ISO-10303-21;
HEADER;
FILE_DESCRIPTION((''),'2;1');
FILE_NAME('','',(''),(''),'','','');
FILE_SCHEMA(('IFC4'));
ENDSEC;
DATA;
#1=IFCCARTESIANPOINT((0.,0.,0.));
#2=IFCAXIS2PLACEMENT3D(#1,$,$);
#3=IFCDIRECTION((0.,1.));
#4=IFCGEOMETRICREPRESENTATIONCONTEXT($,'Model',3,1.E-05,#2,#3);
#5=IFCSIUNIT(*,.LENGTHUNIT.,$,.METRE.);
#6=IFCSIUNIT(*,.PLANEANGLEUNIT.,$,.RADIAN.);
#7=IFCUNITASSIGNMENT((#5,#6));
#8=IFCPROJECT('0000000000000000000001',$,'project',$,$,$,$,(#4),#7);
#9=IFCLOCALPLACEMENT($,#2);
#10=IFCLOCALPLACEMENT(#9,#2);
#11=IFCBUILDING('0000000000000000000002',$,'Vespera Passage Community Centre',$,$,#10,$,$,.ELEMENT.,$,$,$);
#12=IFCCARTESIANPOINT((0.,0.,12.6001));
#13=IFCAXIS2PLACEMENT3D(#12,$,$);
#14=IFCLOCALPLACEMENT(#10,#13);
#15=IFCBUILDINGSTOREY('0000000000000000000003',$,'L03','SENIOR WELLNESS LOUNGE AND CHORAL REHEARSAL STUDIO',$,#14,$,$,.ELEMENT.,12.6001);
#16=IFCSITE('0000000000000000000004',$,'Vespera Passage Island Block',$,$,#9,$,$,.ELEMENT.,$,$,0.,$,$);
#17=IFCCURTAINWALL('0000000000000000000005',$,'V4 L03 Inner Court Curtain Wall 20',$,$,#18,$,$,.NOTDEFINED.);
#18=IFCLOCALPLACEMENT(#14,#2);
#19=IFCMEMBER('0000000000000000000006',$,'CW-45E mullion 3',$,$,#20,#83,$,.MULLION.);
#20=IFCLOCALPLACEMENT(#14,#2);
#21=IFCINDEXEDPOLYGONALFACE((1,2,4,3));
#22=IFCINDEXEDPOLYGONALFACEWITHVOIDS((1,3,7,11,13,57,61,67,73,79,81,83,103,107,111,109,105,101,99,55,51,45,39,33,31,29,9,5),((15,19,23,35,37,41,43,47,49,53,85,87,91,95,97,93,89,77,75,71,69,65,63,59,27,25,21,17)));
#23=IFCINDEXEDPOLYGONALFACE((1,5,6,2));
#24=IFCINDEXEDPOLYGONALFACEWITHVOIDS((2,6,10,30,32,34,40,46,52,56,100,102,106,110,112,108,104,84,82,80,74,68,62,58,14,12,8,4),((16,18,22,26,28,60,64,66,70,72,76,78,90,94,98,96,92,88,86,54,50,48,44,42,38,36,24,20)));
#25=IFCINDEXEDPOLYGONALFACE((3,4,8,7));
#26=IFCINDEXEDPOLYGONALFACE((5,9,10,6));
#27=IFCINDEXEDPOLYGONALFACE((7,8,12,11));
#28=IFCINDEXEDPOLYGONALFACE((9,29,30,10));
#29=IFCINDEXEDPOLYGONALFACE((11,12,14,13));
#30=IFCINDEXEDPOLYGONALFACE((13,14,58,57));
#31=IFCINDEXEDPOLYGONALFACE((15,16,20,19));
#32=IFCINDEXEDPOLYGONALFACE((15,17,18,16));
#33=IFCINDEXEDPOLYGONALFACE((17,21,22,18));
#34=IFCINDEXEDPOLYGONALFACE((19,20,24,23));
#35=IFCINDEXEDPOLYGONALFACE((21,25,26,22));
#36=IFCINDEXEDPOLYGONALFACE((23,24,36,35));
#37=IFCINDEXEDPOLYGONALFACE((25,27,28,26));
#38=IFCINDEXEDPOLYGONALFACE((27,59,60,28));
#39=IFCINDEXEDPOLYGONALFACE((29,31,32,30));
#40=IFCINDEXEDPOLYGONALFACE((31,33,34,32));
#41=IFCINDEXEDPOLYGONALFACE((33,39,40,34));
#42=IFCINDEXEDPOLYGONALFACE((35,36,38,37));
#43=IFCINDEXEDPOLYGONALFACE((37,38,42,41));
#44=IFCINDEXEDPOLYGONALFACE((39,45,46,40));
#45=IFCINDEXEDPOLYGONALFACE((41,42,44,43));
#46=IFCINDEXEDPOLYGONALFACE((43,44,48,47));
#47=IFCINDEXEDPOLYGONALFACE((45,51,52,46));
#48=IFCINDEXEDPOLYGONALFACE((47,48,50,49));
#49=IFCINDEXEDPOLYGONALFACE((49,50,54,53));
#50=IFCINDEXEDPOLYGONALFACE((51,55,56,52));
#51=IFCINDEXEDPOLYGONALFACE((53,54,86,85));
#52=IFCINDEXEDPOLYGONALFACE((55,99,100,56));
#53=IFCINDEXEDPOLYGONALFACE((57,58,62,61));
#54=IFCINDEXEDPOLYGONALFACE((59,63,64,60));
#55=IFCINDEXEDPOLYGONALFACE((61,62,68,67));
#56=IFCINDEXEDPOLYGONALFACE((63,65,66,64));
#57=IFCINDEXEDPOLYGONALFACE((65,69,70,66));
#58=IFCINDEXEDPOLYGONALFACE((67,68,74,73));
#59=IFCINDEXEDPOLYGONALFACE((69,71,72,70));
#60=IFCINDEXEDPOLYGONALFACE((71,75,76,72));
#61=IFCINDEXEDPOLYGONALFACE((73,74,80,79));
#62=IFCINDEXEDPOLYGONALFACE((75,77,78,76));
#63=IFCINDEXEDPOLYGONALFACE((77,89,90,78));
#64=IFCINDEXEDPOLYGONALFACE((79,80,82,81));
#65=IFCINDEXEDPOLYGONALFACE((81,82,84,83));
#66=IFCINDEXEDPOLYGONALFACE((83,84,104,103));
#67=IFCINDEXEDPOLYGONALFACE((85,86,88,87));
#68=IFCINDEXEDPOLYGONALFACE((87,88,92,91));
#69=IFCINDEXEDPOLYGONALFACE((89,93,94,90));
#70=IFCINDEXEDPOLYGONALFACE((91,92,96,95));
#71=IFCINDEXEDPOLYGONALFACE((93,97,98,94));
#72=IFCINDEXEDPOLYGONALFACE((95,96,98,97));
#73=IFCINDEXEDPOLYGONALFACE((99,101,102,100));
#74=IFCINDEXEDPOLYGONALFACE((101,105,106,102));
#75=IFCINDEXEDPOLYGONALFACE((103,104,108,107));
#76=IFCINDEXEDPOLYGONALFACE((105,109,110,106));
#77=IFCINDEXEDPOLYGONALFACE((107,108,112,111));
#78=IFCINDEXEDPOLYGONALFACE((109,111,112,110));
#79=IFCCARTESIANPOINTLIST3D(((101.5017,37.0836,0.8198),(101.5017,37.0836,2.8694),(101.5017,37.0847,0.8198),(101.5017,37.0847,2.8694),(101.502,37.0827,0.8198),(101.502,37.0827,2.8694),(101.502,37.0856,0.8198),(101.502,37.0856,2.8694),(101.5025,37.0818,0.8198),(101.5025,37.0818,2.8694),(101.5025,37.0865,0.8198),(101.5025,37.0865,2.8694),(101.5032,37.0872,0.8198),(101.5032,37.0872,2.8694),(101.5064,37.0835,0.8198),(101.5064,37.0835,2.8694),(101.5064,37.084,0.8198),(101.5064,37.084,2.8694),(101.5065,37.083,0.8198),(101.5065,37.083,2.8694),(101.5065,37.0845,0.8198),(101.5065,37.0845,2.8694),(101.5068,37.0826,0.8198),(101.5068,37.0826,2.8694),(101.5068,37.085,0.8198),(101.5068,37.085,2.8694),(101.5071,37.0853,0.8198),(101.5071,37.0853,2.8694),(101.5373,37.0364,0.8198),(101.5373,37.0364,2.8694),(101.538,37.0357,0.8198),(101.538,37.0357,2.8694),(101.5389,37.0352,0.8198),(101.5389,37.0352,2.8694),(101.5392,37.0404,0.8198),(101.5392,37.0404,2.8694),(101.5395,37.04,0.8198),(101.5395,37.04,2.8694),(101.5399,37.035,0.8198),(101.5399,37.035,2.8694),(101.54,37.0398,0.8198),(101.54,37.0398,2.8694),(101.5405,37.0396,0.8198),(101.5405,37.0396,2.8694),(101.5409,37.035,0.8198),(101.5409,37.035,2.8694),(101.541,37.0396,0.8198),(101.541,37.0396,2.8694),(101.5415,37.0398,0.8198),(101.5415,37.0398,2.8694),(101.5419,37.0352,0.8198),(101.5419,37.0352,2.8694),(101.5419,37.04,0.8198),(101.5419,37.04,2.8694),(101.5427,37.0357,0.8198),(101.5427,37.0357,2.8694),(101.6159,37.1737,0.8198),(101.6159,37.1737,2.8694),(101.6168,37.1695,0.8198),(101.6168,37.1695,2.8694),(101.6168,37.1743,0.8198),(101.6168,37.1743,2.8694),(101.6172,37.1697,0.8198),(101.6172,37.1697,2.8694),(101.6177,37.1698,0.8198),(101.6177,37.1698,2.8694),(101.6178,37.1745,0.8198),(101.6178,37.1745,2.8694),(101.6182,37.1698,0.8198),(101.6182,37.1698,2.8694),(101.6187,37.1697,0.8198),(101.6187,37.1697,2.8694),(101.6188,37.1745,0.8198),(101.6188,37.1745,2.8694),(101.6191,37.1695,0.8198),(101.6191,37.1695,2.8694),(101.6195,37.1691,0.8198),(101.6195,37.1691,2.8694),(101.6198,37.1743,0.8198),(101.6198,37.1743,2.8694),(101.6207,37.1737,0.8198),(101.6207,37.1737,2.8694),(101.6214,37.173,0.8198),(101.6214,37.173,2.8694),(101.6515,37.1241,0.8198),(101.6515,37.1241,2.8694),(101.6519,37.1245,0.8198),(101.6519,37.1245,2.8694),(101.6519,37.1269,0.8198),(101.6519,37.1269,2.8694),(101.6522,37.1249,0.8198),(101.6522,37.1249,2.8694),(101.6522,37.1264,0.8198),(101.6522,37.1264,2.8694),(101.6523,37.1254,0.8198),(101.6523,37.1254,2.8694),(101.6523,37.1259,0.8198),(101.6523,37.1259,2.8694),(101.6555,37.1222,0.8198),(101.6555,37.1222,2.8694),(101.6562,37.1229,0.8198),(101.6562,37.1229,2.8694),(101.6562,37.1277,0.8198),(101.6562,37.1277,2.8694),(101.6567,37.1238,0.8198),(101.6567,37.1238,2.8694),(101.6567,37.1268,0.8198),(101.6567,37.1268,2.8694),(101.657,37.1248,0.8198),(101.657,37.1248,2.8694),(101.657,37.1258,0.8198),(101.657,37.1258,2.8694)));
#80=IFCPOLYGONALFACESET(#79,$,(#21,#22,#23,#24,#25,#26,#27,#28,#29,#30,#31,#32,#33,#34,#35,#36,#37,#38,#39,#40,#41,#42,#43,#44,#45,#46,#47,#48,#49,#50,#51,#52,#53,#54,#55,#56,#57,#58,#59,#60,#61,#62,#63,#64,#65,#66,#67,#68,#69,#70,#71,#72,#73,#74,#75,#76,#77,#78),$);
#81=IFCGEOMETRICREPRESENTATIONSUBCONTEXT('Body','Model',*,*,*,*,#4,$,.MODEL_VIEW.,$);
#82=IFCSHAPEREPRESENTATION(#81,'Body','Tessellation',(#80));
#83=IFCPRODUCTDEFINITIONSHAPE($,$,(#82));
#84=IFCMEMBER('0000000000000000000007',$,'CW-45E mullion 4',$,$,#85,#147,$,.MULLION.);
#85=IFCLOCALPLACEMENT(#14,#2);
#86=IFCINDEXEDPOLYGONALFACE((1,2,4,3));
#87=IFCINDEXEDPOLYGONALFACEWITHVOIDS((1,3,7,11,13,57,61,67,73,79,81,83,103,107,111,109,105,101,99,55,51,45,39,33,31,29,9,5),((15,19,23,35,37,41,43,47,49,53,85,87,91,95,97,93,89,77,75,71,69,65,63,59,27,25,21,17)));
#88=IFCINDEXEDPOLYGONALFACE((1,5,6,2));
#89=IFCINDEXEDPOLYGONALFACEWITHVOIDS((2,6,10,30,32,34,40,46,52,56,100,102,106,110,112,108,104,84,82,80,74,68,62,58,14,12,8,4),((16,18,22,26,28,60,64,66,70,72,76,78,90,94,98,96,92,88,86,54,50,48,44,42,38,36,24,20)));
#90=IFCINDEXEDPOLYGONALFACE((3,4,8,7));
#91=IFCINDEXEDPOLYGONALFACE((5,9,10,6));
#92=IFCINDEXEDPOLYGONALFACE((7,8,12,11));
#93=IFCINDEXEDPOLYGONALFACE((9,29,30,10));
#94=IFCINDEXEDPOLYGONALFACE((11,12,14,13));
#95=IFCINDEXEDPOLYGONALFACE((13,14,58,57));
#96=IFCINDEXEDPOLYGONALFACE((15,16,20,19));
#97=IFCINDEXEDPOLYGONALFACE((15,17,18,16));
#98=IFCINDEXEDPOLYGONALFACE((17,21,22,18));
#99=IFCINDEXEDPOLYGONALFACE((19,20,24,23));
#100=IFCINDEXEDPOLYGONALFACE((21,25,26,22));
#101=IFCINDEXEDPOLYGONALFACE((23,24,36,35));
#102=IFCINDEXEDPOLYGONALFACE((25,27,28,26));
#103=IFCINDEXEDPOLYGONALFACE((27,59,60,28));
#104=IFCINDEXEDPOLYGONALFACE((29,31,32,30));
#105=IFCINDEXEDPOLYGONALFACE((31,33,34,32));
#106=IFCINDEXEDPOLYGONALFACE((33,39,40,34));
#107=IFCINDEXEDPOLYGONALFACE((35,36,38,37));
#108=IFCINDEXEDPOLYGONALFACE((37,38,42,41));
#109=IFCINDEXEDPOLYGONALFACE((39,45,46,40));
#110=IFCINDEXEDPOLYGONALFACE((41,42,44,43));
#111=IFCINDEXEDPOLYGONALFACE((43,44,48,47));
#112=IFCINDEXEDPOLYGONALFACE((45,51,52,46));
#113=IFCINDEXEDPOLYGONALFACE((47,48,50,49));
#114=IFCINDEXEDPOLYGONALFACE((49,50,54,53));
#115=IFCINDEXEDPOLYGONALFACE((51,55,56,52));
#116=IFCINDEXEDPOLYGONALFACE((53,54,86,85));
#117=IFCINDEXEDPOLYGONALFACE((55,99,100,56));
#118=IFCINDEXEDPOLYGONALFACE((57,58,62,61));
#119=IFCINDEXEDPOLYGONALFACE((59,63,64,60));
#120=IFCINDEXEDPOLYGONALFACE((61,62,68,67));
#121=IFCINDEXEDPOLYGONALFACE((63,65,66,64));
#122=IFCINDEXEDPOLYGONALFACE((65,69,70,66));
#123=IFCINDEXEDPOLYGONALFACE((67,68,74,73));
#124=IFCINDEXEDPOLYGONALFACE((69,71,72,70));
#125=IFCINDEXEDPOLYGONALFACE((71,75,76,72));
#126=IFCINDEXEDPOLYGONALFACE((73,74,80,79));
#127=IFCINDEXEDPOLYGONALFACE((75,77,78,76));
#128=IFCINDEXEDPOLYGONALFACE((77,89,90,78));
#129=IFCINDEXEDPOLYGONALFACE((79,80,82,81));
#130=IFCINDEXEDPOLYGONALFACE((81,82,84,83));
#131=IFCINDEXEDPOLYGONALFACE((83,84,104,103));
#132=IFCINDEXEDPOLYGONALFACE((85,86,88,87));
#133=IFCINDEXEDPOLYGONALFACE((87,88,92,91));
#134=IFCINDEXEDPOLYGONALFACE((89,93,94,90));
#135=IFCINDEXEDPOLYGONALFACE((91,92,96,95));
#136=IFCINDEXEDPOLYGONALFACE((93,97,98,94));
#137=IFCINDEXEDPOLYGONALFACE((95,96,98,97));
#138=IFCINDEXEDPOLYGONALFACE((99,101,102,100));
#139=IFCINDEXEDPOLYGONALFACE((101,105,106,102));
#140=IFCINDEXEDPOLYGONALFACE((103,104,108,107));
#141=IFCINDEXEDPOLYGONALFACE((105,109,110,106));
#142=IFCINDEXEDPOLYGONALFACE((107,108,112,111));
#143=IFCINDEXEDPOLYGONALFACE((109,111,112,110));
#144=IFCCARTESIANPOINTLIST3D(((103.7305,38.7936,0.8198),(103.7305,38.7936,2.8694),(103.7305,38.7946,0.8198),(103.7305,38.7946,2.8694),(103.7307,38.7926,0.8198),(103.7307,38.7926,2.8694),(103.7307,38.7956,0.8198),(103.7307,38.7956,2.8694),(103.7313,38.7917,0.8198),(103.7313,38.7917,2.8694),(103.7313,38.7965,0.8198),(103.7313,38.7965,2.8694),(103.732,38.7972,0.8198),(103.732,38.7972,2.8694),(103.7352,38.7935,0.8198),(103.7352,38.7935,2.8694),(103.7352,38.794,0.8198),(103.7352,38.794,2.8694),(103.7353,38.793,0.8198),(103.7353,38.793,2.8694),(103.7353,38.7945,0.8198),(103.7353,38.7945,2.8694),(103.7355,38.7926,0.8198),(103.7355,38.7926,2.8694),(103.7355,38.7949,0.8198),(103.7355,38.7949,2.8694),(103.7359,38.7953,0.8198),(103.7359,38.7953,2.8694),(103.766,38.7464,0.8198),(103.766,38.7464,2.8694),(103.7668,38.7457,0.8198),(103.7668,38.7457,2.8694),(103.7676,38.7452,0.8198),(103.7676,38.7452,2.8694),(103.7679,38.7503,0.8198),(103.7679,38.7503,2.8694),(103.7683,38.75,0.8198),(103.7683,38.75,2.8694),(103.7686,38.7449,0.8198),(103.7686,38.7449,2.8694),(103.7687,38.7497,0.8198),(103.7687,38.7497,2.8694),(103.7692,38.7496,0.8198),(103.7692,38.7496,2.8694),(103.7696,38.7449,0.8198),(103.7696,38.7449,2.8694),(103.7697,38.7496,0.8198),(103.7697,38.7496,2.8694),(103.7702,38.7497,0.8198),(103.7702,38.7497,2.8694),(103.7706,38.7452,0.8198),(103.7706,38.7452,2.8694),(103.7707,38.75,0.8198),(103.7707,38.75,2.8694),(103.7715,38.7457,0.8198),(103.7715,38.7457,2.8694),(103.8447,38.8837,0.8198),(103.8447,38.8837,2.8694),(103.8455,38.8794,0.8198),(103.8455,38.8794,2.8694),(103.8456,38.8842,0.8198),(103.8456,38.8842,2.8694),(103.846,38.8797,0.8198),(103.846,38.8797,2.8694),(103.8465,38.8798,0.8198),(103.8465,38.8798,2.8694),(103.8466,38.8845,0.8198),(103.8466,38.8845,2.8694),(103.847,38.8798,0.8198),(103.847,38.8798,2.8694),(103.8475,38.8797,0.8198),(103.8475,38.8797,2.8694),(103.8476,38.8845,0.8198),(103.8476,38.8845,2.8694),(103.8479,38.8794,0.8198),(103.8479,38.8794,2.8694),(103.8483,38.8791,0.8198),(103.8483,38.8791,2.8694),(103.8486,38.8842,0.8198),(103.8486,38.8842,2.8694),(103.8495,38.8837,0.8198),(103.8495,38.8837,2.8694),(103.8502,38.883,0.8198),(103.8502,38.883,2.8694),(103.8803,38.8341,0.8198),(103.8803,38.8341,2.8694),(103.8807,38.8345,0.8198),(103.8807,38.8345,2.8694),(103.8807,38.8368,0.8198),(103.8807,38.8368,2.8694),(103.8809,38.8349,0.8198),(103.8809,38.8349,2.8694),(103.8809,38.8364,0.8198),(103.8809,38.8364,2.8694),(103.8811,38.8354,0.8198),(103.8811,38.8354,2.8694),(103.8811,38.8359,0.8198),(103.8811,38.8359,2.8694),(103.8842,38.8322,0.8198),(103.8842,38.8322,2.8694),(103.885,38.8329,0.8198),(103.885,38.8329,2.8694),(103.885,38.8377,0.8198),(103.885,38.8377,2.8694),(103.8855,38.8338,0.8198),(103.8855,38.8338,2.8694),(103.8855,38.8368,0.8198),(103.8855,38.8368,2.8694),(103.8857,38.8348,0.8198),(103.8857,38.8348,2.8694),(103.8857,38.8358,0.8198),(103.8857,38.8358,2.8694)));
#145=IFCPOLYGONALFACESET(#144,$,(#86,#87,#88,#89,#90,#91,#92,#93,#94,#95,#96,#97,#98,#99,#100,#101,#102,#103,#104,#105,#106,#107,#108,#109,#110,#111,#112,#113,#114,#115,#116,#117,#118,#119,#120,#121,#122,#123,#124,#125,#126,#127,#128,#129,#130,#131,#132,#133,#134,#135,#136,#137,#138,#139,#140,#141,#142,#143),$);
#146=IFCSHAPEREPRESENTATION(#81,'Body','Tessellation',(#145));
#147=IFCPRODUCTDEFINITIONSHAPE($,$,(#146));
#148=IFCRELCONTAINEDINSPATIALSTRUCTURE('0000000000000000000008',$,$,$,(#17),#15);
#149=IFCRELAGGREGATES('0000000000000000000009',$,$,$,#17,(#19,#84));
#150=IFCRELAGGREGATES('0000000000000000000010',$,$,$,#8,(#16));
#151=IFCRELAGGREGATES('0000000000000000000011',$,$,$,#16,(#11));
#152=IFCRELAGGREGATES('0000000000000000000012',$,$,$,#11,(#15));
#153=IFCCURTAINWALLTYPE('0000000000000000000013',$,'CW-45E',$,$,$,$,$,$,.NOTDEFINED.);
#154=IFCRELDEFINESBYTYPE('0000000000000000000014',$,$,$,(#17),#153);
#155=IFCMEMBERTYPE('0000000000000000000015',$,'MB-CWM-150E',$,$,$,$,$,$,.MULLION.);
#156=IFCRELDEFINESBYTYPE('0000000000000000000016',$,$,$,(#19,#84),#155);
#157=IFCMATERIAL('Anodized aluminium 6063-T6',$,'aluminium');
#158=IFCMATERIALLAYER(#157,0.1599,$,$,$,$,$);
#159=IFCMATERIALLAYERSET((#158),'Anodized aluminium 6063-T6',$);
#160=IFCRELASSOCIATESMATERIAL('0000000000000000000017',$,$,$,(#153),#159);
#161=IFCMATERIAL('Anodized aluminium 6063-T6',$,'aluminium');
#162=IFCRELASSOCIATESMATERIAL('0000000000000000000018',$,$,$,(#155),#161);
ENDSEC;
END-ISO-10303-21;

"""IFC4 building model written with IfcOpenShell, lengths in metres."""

from ifc_helpers import new_model, si_unit, direction, frame, origin, origin_2d, place, context, subcontext, project, spatial, hollow_rectangle, extrude, material, layer, layer_set, material_profile, profile_set, type_object, element, aggregate, save


model = new_model("IFC4")

# Units and contexts
model_context = context("Model", 3, precision=1e-05, world=origin(), true_north=direction((0.0, 1.0)))
body_context = subcontext(model_context, "Body", "Model", "MODEL_VIEW")
ifc_project = project(units=[si_unit("LENGTHUNIT", "METRE"), si_unit("PLANEANGLEUNIT", "RADIAN")], contexts=[model_context])

# Site, building, storey
site_placement = place(None, origin())
site = spatial("IfcSite", under=ifc_project, at=site_placement, Name="Vespera Passage Island Block", CompositionType="ELEMENT", RefElevation=0.0)
building_placement = place(site_placement, origin())
building = spatial("IfcBuilding", under=site, at=building_placement, Name="Vespera Passage Community Centre", CompositionType="ELEMENT")
storey_placement = place(building_placement, frame((0.0, 0.0, 12.6001)))
storey = spatial("IfcBuildingStorey", under=building, at=storey_placement, Name="L03", Description="SENIOR WELLNESS LOUNGE AND CHORAL REHEARSAL STUDIO", CompositionType="ELEMENT", Elevation=12.6001)

# Curtain wall, members
ifc_material_1 = material(Name="Anodized aluminium 6063-T6", Category="aluminium")
ifc_layer_1 = layer(ifc_material_1, 0.1599)
ifc_layer_set_1 = layer_set([ifc_layer_1], Name="Anodized aluminium 6063-T6")
curtain_wall_type = type_object("IfcCurtainWallType", Name="CW-45E", PredefinedType="NOTDEFINED", material=ifc_layer_set_1)
curtain_wall_placement = place(storey_placement, origin())
curtain_wall = element("IfcCurtainWall", 1, at=curtain_wall_placement, inside=storey, type_object=curtain_wall_type, Name="V4 L03 Inner Court Curtain Wall 20", PredefinedType="NOTDEFINED")
ifc_material_2 = material(Name="Anodized aluminium 6063-T6", Category="aluminium")
ifc_material_profile_1 = material_profile(ifc_material_2, hollow_rectangle(XDim=0.0649, YDim=0.1499, WallThickness=0.0039, InnerFilletRadius=0.002, OuterFilletRadius=0.0039, at=origin_2d()), Name="ALU150X65X4")
ifc_profile_set_1 = profile_set([ifc_material_profile_1], Name="Anodized aluminium 6063-T6")
member_type_1 = type_object("IfcMemberType", Name="MB-CWM-150E", PredefinedType="MULLION", material=ifc_profile_set_1)
member_1_placement = place(storey_placement, frame((101.5793, 37.1047, 0.8198), z_axis=(0.0, 0.0, 1.0), x_axis=(-0.608755, 0.793358, 0.0)))
member_1 = element("IfcMember", 2, at=member_1_placement, type_object=member_type_1, Name="CW-45E mullion 3", PredefinedType="MULLION", context=body_context, shape_type="SweptSolid", body=[
    extrude(hollow_rectangle(XDim=0.0649, YDim=0.1499, WallThickness=0.0039, InnerFilletRadius=0.002, OuterFilletRadius=0.0039, at=origin_2d()), origin(), (0.0, 0.0, 1.0), 2.0496),
])
member_2_placement = place(storey_placement, frame((103.8081, 38.8147, 0.8198), z_axis=(0.0, 0.0, 1.0), x_axis=(-0.608755, 0.793358, 0.0)))
member_2 = element("IfcMember", 3, at=member_2_placement, type_object=member_type_1, Name="CW-45E mullion 4", PredefinedType="MULLION", context=body_context, shape_type="SweptSolid", body=[
    extrude(hollow_rectangle(XDim=0.0649, YDim=0.1499, WallThickness=0.0039, InnerFilletRadius=0.002, OuterFilletRadius=0.0039, at=origin_2d()), origin(), (0.0, 0.0, 1.0), 2.0496),
])
aggregate(curtain_wall, [member_1, member_2])

save(model, "model.ifc")
